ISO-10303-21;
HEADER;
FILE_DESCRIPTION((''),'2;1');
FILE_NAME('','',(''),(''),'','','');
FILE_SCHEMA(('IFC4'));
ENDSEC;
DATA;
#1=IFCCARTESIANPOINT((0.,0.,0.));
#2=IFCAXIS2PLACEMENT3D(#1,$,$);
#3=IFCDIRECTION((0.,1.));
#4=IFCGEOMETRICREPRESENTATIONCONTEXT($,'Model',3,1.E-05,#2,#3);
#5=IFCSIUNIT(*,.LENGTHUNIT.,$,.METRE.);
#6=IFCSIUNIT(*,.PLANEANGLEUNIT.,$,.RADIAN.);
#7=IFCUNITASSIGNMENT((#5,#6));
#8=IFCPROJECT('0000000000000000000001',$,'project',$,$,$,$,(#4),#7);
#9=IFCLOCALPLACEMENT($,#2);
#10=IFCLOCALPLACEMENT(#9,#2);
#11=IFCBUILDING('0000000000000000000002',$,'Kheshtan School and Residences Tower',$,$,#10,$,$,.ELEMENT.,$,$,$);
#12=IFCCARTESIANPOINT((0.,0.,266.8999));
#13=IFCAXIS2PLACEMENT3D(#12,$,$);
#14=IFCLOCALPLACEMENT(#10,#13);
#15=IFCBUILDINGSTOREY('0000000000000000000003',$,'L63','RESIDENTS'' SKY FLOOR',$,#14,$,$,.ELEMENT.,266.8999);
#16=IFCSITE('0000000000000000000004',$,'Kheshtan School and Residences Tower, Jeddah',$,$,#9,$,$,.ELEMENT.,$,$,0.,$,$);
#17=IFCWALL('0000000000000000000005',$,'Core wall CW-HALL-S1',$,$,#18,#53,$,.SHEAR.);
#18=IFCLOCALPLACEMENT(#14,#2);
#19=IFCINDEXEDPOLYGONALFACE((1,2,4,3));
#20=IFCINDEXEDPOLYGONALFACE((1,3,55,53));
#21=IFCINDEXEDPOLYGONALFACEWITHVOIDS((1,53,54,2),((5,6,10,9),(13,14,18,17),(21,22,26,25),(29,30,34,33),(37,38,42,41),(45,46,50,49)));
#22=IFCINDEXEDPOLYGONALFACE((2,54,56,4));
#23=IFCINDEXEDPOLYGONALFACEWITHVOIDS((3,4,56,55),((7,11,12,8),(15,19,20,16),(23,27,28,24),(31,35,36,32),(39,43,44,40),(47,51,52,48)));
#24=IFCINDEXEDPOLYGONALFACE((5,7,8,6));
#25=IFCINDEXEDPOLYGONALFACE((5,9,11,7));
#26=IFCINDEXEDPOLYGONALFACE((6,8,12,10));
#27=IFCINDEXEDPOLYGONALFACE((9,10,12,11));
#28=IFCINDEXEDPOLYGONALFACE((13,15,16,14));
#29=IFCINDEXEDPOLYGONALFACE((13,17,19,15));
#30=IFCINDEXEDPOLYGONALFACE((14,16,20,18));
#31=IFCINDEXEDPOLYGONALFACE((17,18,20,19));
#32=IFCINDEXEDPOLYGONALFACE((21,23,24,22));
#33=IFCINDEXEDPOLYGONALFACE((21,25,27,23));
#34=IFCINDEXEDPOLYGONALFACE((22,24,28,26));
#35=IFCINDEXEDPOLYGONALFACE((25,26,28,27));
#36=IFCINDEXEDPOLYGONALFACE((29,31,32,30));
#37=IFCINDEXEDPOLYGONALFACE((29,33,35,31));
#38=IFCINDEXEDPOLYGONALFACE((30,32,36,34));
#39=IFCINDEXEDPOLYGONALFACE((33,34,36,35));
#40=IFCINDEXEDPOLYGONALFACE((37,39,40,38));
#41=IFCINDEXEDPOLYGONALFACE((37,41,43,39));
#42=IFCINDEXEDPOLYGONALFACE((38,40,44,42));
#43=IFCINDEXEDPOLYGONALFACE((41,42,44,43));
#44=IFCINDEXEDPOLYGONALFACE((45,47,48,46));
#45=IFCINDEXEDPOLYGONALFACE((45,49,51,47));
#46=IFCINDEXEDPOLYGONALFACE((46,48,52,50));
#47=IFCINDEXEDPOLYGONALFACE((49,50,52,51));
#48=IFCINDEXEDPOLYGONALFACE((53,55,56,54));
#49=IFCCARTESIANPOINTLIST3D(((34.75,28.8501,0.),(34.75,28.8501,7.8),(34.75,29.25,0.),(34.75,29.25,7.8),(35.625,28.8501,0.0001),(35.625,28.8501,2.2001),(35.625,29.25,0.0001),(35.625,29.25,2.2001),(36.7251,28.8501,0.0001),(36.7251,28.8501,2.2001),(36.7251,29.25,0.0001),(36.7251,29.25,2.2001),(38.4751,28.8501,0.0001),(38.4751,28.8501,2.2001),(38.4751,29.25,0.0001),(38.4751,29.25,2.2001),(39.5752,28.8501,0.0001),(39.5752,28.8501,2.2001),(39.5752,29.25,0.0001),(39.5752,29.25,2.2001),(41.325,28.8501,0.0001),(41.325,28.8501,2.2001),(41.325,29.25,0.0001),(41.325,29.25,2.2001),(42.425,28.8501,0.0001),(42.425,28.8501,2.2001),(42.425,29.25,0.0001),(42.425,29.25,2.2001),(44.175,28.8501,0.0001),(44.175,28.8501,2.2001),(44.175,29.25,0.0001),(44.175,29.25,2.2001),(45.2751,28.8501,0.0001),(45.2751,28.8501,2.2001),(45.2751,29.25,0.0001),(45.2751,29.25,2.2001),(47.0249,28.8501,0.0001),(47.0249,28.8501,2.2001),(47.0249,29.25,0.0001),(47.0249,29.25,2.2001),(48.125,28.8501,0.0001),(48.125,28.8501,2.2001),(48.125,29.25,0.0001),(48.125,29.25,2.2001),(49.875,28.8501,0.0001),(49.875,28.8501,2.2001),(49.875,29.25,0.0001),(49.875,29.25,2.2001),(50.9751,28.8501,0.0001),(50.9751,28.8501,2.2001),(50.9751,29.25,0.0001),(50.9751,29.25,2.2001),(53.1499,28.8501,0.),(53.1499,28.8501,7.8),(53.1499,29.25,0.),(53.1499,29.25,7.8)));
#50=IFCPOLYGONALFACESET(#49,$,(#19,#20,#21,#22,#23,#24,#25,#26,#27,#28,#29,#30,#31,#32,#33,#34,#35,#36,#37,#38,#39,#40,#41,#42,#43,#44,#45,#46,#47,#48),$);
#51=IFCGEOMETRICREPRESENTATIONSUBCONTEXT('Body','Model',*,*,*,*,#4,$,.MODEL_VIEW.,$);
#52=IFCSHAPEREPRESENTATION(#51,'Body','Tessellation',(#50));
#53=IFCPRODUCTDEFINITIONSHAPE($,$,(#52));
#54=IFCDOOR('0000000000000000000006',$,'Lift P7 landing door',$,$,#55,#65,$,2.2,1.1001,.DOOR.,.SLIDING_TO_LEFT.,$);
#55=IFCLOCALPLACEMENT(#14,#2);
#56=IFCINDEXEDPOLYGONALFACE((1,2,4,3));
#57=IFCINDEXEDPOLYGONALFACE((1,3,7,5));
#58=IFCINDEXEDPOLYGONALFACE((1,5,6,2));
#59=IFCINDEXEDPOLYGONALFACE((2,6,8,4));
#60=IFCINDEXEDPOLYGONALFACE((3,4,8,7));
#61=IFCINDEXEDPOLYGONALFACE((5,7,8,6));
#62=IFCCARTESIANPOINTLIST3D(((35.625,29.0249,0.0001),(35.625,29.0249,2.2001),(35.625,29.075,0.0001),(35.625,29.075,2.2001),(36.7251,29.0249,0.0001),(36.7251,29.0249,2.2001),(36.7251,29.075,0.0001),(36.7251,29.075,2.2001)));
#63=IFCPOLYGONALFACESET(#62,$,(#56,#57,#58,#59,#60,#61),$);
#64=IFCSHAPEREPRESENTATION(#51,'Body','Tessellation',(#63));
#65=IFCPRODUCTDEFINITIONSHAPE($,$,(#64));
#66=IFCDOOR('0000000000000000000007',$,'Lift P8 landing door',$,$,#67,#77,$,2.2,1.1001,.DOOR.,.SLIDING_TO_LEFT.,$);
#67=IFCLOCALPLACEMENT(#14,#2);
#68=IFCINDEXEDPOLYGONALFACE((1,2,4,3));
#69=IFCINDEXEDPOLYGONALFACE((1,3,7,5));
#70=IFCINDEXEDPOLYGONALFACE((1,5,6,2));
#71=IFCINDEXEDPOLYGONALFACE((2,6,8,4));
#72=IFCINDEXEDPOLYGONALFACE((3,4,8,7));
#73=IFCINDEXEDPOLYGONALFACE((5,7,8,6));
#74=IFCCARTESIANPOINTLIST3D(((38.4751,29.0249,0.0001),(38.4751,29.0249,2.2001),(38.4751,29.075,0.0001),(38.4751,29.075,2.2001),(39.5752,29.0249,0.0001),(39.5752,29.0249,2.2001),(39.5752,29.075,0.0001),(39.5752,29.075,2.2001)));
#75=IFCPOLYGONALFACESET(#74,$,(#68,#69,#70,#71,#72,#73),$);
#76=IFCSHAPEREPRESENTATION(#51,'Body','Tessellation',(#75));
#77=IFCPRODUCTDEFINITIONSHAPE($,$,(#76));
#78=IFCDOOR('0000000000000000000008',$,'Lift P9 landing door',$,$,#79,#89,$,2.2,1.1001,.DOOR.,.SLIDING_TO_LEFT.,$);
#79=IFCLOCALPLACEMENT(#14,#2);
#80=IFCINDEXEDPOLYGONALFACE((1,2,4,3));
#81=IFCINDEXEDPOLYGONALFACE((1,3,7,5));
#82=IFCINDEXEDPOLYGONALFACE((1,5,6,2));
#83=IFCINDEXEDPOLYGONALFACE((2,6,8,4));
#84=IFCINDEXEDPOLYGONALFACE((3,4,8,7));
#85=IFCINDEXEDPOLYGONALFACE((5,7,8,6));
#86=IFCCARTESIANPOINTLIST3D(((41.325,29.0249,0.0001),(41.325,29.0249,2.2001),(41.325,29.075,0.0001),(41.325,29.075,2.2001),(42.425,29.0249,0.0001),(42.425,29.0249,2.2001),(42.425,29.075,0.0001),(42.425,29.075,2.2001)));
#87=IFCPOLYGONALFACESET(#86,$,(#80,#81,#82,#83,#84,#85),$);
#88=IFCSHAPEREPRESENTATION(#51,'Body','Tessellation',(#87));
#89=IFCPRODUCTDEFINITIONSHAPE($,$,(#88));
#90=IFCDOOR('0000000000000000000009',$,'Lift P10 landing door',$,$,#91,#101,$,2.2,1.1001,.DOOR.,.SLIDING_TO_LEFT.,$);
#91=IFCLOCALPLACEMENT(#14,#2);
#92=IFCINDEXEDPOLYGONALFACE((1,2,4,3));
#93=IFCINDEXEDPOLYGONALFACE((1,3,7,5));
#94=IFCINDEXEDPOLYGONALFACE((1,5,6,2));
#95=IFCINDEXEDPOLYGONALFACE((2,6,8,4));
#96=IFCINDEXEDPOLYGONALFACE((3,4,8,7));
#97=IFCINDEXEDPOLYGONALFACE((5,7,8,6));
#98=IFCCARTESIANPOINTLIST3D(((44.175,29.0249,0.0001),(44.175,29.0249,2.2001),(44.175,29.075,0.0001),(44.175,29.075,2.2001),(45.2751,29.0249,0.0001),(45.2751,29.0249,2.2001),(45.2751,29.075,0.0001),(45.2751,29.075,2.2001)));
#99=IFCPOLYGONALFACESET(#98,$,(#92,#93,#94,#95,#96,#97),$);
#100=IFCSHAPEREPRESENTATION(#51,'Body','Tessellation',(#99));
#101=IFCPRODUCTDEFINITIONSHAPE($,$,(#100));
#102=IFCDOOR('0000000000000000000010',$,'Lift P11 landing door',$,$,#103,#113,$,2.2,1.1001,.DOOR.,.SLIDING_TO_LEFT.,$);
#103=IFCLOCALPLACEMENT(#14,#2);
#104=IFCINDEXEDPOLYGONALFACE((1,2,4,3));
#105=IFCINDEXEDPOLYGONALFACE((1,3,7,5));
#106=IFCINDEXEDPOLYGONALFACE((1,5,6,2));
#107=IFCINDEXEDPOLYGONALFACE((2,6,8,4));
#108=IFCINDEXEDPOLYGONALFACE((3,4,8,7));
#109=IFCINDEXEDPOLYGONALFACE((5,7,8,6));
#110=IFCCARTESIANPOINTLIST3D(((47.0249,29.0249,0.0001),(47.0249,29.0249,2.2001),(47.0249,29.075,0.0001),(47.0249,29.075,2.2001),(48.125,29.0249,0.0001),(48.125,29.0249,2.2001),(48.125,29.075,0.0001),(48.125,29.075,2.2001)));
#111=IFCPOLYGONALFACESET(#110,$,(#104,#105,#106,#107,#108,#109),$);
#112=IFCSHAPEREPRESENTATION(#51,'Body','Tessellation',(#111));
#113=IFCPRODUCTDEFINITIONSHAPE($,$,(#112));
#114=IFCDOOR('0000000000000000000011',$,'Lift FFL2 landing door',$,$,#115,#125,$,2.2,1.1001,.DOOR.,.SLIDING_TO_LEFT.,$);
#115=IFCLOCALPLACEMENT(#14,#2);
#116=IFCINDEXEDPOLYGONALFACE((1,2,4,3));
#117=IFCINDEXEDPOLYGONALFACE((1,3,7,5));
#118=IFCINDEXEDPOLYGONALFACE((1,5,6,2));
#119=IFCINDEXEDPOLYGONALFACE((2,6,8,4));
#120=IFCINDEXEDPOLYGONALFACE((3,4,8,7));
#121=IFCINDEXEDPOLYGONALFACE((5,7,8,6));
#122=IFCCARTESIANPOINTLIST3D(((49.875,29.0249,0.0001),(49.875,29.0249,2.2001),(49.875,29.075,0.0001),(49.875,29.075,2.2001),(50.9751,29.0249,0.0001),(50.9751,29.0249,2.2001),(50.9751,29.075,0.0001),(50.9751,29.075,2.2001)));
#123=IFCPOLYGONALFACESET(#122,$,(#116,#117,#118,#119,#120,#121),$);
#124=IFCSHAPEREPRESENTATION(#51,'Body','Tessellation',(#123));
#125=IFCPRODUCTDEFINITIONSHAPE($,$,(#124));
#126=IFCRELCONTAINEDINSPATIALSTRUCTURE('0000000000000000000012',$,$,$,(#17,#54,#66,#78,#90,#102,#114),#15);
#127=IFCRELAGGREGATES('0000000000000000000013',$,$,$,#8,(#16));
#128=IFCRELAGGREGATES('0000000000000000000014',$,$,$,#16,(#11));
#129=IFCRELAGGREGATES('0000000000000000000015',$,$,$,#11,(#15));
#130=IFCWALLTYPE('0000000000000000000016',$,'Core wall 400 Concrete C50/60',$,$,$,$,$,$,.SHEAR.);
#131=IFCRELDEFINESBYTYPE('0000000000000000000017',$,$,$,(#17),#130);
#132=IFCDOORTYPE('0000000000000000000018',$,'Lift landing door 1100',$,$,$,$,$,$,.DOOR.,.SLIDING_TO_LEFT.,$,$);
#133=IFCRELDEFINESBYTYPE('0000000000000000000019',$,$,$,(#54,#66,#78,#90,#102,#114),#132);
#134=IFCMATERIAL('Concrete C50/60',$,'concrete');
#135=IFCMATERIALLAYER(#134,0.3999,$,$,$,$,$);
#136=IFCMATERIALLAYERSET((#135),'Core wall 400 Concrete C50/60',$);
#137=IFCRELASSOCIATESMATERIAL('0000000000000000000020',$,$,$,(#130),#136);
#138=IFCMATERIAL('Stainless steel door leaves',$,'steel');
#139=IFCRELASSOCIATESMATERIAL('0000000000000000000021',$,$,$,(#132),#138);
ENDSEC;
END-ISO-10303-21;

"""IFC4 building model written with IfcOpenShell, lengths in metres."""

from ifc_helpers import new_model, si_unit, direction, frame, frame_2d, origin, place, context, subcontext, project, spatial, rectangle, extrude, source, transform, mapped, material, layer, layer_set, type_object, element, fill, save


model = new_model("IFC4")

# Units and contexts
model_context = context("Model", 3, precision=1e-05, world=origin(), true_north=direction((0.0, 1.0)))
body_context = subcontext(model_context, "Body", "Model", "MODEL_VIEW")
ifc_project = project(units=[si_unit("LENGTHUNIT", "METRE"), si_unit("PLANEANGLEUNIT", "RADIAN")], contexts=[model_context])

# Site, building, storey
site_placement = place(None, origin())
site = spatial("IfcSite", under=ifc_project, at=site_placement, Name="Kheshtan School and Residences Tower, Jeddah", CompositionType="ELEMENT", RefElevation=0.0)
building_placement = place(site_placement, origin())
building = spatial("IfcBuilding", under=site, at=building_placement, Name="Kheshtan School and Residences Tower", CompositionType="ELEMENT")
storey_placement = place(building_placement, frame((0.0, 0.0, 266.8999)))
storey = spatial("IfcBuildingStorey", under=building, at=storey_placement, Name="L63", Description="RESIDENTS' SKY FLOOR", CompositionType="ELEMENT", Elevation=266.8999)

# Wall, openings, doors
ifc_material_1 = material(Name="Concrete C50/60", Category="concrete")
ifc_layer_1 = layer(ifc_material_1, 0.3999)
ifc_layer_set_1 = layer_set([ifc_layer_1], Name="Core wall 400 Concrete C50/60")
wall_type_1 = type_object("IfcWallType", Name="Core wall 400 Concrete C50/60", PredefinedType="SHEAR", material=ifc_layer_set_1)
wall_1_placement = place(storey_placement, frame((34.75, 29.05, 0.0), z_axis=(0.0, 0.0, 1.0), x_axis=(1.0, 0.0, 0.0)))
wall_1 = element("IfcWall", 1, at=wall_1_placement, inside=storey, type_object=wall_type_1, Name="Core wall CW-HALL-S1", PredefinedType="SHEAR", context=body_context, shape_type="SweptSolid", body=[
    extrude(rectangle(XDim=18.3999, YDim=0.3999, at=frame_2d((9.2, 0.0))), origin(), (0.0, 0.0, 1.0), 7.8),
])
opening_1_placement = place(wall_1_placement, frame((0.875, 0.0, 0.0)))
opening_1 = element("IfcOpeningElement", 2, at=opening_1_placement, cuts=wall_1, PredefinedType="OPENING", context=body_context, shape_type="SweptSolid", body=[
    extrude(rectangle(XDim=1.1001, YDim=2.2, at=frame_2d((0.55, 1.1001))), frame((0.0, 0.21, 0.0), z_axis=(0.0, -1.0, 0.0), x_axis=(1.0, 0.0, 0.0)), (0.0, 0.0, 1.0), 0.4199),
])
opening_2_placement = place(wall_1_placement, frame((3.7251, 0.0, 0.0)))
opening_2 = element("IfcOpeningElement", 3, at=opening_2_placement, cuts=wall_1, PredefinedType="OPENING", context=body_context, shape_type="SweptSolid", body=[
    extrude(rectangle(XDim=1.1001, YDim=2.2, at=frame_2d((0.55, 1.1001))), frame((0.0, 0.21, 0.0), z_axis=(0.0, -1.0, 0.0), x_axis=(1.0, 0.0, 0.0)), (0.0, 0.0, 1.0), 0.4199),
])
opening_3_placement = place(wall_1_placement, frame((6.575, 0.0, 0.0)))
opening_3 = element("IfcOpeningElement", 4, at=opening_3_placement, cuts=wall_1, PredefinedType="OPENING", context=body_context, shape_type="SweptSolid", body=[
    extrude(rectangle(XDim=1.1001, YDim=2.2, at=frame_2d((0.55, 1.1001))), frame((0.0, 0.21, 0.0), z_axis=(0.0, -1.0, 0.0), x_axis=(1.0, 0.0, 0.0)), (0.0, 0.0, 1.0), 0.4199),
])
opening_4_placement = place(wall_1_placement, frame((9.425, 0.0, 0.0)))
opening_4 = element("IfcOpeningElement", 5, at=opening_4_placement, cuts=wall_1, PredefinedType="OPENING", context=body_context, shape_type="SweptSolid", body=[
    extrude(rectangle(XDim=1.1001, YDim=2.2, at=frame_2d((0.55, 1.1001))), frame((0.0, 0.21, 0.0), z_axis=(0.0, -1.0, 0.0), x_axis=(1.0, 0.0, 0.0)), (0.0, 0.0, 1.0), 0.4199),
])
opening_5_placement = place(wall_1_placement, frame((12.2749, 0.0, 0.0)))
opening_5 = element("IfcOpeningElement", 6, at=opening_5_placement, cuts=wall_1, PredefinedType="OPENING", context=body_context, shape_type="SweptSolid", body=[
    extrude(rectangle(XDim=1.1001, YDim=2.2, at=frame_2d((0.55, 1.1001))), frame((0.0, 0.21, 0.0), z_axis=(0.0, -1.0, 0.0), x_axis=(1.0, 0.0, 0.0)), (0.0, 0.0, 1.0), 0.4199),
])
opening_6_placement = place(wall_1_placement, frame((15.125, 0.0, 0.0)))
opening_6 = element("IfcOpeningElement", 7, at=opening_6_placement, cuts=wall_1, PredefinedType="OPENING", context=body_context, shape_type="SweptSolid", body=[
    extrude(rectangle(XDim=1.1001, YDim=2.2, at=frame_2d((0.55, 1.1001))), frame((0.0, 0.21, 0.0), z_axis=(0.0, -1.0, 0.0), x_axis=(1.0, 0.0, 0.0)), (0.0, 0.0, 1.0), 0.4199),
])
ifc_material_2 = material(Name="Stainless steel door leaves", Category="steel")
door_type_1 = type_object("IfcDoorType", Name="Lift landing door 1100", OperationType="SLIDING_TO_LEFT", PredefinedType="DOOR", material=ifc_material_2)
shared_shape_1 = source(origin(), body_context, "Body", "SweptSolid", [
    extrude(rectangle(XDim=1.1001, YDim=2.2, at=frame_2d((0.55, 1.1001))), frame((0.0, 0.0249, 0.0), z_axis=(0.0, -1.0, 0.0), x_axis=(1.0, 0.0, 0.0)), (0.0, 0.0, 1.0), 0.05),
])
door_1_placement = place(opening_1_placement, origin())
door_1 = element("IfcDoor", 8, at=door_1_placement, inside=storey, type_object=door_type_1, Name="Lift P7 landing door", OperationType="SLIDING_TO_LEFT", OverallHeight=2.2, OverallWidth=1.1001, PredefinedType="DOOR", context=body_context, shape_type="MappedRepresentation", body=[
    mapped(shared_shape_1, transform((0.0, 0.0, 0.0), x_axis=(1.0, 0.0, 0.0), y_axis=(0.0, 1.0, 0.0), z_axis=(0.0, 0.0, 1.0), scale=1.0)),
])
fill(opening_1, door_1)
door_2_placement = place(opening_2_placement, origin())
door_2 = element("IfcDoor", 9, at=door_2_placement, inside=storey, type_object=door_type_1, Name="Lift P8 landing door", OperationType="SLIDING_TO_LEFT", OverallHeight=2.2, OverallWidth=1.1001, PredefinedType="DOOR", context=body_context, shape_type="MappedRepresentation", body=[
    mapped(shared_shape_1, transform((0.0, 0.0, 0.0), x_axis=(1.0, 0.0, 0.0), y_axis=(0.0, 1.0, 0.0), z_axis=(0.0, 0.0, 1.0), scale=1.0)),
])
fill(opening_2, door_2)
door_3_placement = place(opening_3_placement, origin())
door_3 = element("IfcDoor", 10, at=door_3_placement, inside=storey, type_object=door_type_1, Name="Lift P9 landing door", OperationType="SLIDING_TO_LEFT", OverallHeight=2.2, OverallWidth=1.1001, PredefinedType="DOOR", context=body_context, shape_type="MappedRepresentation", body=[
    mapped(shared_shape_1, transform((0.0, 0.0, 0.0), x_axis=(1.0, 0.0, 0.0), y_axis=(0.0, 1.0, 0.0), z_axis=(0.0, 0.0, 1.0), scale=1.0)),
])
fill(opening_3, door_3)
door_4_placement = place(opening_4_placement, origin())
door_4 = element("IfcDoor", 11, at=door_4_placement, inside=storey, type_object=door_type_1, Name="Lift P10 landing door", OperationType="SLIDING_TO_LEFT", OverallHeight=2.2, OverallWidth=1.1001, PredefinedType="DOOR", context=body_context, shape_type="MappedRepresentation", body=[
    mapped(shared_shape_1, transform((0.0, 0.0, 0.0), x_axis=(1.0, 0.0, 0.0), y_axis=(0.0, 1.0, 0.0), z_axis=(0.0, 0.0, 1.0), scale=1.0)),
])
fill(opening_4, door_4)
door_5_placement = place(opening_5_placement, origin())
door_5 = element("IfcDoor", 12, at=door_5_placement, inside=storey, type_object=door_type_1, Name="Lift P11 landing door", OperationType="SLIDING_TO_LEFT", OverallHeight=2.2, OverallWidth=1.1001, PredefinedType="DOOR", context=body_context, shape_type="MappedRepresentation", body=[
    mapped(shared_shape_1, transform((0.0, 0.0, 0.0), x_axis=(1.0, 0.0, 0.0), y_axis=(0.0, 1.0, 0.0), z_axis=(0.0, 0.0, 1.0), scale=1.0)),
])
fill(opening_5, door_5)
door_6_placement = place(opening_6_placement, origin())
door_6 = element("IfcDoor", 13, at=door_6_placement, inside=storey, type_object=door_type_1, Name="Lift FFL2 landing door", OperationType="SLIDING_TO_LEFT", OverallHeight=2.2, OverallWidth=1.1001, PredefinedType="DOOR", context=body_context, shape_type="MappedRepresentation", body=[
    mapped(shared_shape_1, transform((0.0, 0.0, 0.0), x_axis=(1.0, 0.0, 0.0), y_axis=(0.0, 1.0, 0.0), z_axis=(0.0, 0.0, 1.0), scale=1.0)),
])
fill(opening_6, door_6)

save(model, "model.ifc")
